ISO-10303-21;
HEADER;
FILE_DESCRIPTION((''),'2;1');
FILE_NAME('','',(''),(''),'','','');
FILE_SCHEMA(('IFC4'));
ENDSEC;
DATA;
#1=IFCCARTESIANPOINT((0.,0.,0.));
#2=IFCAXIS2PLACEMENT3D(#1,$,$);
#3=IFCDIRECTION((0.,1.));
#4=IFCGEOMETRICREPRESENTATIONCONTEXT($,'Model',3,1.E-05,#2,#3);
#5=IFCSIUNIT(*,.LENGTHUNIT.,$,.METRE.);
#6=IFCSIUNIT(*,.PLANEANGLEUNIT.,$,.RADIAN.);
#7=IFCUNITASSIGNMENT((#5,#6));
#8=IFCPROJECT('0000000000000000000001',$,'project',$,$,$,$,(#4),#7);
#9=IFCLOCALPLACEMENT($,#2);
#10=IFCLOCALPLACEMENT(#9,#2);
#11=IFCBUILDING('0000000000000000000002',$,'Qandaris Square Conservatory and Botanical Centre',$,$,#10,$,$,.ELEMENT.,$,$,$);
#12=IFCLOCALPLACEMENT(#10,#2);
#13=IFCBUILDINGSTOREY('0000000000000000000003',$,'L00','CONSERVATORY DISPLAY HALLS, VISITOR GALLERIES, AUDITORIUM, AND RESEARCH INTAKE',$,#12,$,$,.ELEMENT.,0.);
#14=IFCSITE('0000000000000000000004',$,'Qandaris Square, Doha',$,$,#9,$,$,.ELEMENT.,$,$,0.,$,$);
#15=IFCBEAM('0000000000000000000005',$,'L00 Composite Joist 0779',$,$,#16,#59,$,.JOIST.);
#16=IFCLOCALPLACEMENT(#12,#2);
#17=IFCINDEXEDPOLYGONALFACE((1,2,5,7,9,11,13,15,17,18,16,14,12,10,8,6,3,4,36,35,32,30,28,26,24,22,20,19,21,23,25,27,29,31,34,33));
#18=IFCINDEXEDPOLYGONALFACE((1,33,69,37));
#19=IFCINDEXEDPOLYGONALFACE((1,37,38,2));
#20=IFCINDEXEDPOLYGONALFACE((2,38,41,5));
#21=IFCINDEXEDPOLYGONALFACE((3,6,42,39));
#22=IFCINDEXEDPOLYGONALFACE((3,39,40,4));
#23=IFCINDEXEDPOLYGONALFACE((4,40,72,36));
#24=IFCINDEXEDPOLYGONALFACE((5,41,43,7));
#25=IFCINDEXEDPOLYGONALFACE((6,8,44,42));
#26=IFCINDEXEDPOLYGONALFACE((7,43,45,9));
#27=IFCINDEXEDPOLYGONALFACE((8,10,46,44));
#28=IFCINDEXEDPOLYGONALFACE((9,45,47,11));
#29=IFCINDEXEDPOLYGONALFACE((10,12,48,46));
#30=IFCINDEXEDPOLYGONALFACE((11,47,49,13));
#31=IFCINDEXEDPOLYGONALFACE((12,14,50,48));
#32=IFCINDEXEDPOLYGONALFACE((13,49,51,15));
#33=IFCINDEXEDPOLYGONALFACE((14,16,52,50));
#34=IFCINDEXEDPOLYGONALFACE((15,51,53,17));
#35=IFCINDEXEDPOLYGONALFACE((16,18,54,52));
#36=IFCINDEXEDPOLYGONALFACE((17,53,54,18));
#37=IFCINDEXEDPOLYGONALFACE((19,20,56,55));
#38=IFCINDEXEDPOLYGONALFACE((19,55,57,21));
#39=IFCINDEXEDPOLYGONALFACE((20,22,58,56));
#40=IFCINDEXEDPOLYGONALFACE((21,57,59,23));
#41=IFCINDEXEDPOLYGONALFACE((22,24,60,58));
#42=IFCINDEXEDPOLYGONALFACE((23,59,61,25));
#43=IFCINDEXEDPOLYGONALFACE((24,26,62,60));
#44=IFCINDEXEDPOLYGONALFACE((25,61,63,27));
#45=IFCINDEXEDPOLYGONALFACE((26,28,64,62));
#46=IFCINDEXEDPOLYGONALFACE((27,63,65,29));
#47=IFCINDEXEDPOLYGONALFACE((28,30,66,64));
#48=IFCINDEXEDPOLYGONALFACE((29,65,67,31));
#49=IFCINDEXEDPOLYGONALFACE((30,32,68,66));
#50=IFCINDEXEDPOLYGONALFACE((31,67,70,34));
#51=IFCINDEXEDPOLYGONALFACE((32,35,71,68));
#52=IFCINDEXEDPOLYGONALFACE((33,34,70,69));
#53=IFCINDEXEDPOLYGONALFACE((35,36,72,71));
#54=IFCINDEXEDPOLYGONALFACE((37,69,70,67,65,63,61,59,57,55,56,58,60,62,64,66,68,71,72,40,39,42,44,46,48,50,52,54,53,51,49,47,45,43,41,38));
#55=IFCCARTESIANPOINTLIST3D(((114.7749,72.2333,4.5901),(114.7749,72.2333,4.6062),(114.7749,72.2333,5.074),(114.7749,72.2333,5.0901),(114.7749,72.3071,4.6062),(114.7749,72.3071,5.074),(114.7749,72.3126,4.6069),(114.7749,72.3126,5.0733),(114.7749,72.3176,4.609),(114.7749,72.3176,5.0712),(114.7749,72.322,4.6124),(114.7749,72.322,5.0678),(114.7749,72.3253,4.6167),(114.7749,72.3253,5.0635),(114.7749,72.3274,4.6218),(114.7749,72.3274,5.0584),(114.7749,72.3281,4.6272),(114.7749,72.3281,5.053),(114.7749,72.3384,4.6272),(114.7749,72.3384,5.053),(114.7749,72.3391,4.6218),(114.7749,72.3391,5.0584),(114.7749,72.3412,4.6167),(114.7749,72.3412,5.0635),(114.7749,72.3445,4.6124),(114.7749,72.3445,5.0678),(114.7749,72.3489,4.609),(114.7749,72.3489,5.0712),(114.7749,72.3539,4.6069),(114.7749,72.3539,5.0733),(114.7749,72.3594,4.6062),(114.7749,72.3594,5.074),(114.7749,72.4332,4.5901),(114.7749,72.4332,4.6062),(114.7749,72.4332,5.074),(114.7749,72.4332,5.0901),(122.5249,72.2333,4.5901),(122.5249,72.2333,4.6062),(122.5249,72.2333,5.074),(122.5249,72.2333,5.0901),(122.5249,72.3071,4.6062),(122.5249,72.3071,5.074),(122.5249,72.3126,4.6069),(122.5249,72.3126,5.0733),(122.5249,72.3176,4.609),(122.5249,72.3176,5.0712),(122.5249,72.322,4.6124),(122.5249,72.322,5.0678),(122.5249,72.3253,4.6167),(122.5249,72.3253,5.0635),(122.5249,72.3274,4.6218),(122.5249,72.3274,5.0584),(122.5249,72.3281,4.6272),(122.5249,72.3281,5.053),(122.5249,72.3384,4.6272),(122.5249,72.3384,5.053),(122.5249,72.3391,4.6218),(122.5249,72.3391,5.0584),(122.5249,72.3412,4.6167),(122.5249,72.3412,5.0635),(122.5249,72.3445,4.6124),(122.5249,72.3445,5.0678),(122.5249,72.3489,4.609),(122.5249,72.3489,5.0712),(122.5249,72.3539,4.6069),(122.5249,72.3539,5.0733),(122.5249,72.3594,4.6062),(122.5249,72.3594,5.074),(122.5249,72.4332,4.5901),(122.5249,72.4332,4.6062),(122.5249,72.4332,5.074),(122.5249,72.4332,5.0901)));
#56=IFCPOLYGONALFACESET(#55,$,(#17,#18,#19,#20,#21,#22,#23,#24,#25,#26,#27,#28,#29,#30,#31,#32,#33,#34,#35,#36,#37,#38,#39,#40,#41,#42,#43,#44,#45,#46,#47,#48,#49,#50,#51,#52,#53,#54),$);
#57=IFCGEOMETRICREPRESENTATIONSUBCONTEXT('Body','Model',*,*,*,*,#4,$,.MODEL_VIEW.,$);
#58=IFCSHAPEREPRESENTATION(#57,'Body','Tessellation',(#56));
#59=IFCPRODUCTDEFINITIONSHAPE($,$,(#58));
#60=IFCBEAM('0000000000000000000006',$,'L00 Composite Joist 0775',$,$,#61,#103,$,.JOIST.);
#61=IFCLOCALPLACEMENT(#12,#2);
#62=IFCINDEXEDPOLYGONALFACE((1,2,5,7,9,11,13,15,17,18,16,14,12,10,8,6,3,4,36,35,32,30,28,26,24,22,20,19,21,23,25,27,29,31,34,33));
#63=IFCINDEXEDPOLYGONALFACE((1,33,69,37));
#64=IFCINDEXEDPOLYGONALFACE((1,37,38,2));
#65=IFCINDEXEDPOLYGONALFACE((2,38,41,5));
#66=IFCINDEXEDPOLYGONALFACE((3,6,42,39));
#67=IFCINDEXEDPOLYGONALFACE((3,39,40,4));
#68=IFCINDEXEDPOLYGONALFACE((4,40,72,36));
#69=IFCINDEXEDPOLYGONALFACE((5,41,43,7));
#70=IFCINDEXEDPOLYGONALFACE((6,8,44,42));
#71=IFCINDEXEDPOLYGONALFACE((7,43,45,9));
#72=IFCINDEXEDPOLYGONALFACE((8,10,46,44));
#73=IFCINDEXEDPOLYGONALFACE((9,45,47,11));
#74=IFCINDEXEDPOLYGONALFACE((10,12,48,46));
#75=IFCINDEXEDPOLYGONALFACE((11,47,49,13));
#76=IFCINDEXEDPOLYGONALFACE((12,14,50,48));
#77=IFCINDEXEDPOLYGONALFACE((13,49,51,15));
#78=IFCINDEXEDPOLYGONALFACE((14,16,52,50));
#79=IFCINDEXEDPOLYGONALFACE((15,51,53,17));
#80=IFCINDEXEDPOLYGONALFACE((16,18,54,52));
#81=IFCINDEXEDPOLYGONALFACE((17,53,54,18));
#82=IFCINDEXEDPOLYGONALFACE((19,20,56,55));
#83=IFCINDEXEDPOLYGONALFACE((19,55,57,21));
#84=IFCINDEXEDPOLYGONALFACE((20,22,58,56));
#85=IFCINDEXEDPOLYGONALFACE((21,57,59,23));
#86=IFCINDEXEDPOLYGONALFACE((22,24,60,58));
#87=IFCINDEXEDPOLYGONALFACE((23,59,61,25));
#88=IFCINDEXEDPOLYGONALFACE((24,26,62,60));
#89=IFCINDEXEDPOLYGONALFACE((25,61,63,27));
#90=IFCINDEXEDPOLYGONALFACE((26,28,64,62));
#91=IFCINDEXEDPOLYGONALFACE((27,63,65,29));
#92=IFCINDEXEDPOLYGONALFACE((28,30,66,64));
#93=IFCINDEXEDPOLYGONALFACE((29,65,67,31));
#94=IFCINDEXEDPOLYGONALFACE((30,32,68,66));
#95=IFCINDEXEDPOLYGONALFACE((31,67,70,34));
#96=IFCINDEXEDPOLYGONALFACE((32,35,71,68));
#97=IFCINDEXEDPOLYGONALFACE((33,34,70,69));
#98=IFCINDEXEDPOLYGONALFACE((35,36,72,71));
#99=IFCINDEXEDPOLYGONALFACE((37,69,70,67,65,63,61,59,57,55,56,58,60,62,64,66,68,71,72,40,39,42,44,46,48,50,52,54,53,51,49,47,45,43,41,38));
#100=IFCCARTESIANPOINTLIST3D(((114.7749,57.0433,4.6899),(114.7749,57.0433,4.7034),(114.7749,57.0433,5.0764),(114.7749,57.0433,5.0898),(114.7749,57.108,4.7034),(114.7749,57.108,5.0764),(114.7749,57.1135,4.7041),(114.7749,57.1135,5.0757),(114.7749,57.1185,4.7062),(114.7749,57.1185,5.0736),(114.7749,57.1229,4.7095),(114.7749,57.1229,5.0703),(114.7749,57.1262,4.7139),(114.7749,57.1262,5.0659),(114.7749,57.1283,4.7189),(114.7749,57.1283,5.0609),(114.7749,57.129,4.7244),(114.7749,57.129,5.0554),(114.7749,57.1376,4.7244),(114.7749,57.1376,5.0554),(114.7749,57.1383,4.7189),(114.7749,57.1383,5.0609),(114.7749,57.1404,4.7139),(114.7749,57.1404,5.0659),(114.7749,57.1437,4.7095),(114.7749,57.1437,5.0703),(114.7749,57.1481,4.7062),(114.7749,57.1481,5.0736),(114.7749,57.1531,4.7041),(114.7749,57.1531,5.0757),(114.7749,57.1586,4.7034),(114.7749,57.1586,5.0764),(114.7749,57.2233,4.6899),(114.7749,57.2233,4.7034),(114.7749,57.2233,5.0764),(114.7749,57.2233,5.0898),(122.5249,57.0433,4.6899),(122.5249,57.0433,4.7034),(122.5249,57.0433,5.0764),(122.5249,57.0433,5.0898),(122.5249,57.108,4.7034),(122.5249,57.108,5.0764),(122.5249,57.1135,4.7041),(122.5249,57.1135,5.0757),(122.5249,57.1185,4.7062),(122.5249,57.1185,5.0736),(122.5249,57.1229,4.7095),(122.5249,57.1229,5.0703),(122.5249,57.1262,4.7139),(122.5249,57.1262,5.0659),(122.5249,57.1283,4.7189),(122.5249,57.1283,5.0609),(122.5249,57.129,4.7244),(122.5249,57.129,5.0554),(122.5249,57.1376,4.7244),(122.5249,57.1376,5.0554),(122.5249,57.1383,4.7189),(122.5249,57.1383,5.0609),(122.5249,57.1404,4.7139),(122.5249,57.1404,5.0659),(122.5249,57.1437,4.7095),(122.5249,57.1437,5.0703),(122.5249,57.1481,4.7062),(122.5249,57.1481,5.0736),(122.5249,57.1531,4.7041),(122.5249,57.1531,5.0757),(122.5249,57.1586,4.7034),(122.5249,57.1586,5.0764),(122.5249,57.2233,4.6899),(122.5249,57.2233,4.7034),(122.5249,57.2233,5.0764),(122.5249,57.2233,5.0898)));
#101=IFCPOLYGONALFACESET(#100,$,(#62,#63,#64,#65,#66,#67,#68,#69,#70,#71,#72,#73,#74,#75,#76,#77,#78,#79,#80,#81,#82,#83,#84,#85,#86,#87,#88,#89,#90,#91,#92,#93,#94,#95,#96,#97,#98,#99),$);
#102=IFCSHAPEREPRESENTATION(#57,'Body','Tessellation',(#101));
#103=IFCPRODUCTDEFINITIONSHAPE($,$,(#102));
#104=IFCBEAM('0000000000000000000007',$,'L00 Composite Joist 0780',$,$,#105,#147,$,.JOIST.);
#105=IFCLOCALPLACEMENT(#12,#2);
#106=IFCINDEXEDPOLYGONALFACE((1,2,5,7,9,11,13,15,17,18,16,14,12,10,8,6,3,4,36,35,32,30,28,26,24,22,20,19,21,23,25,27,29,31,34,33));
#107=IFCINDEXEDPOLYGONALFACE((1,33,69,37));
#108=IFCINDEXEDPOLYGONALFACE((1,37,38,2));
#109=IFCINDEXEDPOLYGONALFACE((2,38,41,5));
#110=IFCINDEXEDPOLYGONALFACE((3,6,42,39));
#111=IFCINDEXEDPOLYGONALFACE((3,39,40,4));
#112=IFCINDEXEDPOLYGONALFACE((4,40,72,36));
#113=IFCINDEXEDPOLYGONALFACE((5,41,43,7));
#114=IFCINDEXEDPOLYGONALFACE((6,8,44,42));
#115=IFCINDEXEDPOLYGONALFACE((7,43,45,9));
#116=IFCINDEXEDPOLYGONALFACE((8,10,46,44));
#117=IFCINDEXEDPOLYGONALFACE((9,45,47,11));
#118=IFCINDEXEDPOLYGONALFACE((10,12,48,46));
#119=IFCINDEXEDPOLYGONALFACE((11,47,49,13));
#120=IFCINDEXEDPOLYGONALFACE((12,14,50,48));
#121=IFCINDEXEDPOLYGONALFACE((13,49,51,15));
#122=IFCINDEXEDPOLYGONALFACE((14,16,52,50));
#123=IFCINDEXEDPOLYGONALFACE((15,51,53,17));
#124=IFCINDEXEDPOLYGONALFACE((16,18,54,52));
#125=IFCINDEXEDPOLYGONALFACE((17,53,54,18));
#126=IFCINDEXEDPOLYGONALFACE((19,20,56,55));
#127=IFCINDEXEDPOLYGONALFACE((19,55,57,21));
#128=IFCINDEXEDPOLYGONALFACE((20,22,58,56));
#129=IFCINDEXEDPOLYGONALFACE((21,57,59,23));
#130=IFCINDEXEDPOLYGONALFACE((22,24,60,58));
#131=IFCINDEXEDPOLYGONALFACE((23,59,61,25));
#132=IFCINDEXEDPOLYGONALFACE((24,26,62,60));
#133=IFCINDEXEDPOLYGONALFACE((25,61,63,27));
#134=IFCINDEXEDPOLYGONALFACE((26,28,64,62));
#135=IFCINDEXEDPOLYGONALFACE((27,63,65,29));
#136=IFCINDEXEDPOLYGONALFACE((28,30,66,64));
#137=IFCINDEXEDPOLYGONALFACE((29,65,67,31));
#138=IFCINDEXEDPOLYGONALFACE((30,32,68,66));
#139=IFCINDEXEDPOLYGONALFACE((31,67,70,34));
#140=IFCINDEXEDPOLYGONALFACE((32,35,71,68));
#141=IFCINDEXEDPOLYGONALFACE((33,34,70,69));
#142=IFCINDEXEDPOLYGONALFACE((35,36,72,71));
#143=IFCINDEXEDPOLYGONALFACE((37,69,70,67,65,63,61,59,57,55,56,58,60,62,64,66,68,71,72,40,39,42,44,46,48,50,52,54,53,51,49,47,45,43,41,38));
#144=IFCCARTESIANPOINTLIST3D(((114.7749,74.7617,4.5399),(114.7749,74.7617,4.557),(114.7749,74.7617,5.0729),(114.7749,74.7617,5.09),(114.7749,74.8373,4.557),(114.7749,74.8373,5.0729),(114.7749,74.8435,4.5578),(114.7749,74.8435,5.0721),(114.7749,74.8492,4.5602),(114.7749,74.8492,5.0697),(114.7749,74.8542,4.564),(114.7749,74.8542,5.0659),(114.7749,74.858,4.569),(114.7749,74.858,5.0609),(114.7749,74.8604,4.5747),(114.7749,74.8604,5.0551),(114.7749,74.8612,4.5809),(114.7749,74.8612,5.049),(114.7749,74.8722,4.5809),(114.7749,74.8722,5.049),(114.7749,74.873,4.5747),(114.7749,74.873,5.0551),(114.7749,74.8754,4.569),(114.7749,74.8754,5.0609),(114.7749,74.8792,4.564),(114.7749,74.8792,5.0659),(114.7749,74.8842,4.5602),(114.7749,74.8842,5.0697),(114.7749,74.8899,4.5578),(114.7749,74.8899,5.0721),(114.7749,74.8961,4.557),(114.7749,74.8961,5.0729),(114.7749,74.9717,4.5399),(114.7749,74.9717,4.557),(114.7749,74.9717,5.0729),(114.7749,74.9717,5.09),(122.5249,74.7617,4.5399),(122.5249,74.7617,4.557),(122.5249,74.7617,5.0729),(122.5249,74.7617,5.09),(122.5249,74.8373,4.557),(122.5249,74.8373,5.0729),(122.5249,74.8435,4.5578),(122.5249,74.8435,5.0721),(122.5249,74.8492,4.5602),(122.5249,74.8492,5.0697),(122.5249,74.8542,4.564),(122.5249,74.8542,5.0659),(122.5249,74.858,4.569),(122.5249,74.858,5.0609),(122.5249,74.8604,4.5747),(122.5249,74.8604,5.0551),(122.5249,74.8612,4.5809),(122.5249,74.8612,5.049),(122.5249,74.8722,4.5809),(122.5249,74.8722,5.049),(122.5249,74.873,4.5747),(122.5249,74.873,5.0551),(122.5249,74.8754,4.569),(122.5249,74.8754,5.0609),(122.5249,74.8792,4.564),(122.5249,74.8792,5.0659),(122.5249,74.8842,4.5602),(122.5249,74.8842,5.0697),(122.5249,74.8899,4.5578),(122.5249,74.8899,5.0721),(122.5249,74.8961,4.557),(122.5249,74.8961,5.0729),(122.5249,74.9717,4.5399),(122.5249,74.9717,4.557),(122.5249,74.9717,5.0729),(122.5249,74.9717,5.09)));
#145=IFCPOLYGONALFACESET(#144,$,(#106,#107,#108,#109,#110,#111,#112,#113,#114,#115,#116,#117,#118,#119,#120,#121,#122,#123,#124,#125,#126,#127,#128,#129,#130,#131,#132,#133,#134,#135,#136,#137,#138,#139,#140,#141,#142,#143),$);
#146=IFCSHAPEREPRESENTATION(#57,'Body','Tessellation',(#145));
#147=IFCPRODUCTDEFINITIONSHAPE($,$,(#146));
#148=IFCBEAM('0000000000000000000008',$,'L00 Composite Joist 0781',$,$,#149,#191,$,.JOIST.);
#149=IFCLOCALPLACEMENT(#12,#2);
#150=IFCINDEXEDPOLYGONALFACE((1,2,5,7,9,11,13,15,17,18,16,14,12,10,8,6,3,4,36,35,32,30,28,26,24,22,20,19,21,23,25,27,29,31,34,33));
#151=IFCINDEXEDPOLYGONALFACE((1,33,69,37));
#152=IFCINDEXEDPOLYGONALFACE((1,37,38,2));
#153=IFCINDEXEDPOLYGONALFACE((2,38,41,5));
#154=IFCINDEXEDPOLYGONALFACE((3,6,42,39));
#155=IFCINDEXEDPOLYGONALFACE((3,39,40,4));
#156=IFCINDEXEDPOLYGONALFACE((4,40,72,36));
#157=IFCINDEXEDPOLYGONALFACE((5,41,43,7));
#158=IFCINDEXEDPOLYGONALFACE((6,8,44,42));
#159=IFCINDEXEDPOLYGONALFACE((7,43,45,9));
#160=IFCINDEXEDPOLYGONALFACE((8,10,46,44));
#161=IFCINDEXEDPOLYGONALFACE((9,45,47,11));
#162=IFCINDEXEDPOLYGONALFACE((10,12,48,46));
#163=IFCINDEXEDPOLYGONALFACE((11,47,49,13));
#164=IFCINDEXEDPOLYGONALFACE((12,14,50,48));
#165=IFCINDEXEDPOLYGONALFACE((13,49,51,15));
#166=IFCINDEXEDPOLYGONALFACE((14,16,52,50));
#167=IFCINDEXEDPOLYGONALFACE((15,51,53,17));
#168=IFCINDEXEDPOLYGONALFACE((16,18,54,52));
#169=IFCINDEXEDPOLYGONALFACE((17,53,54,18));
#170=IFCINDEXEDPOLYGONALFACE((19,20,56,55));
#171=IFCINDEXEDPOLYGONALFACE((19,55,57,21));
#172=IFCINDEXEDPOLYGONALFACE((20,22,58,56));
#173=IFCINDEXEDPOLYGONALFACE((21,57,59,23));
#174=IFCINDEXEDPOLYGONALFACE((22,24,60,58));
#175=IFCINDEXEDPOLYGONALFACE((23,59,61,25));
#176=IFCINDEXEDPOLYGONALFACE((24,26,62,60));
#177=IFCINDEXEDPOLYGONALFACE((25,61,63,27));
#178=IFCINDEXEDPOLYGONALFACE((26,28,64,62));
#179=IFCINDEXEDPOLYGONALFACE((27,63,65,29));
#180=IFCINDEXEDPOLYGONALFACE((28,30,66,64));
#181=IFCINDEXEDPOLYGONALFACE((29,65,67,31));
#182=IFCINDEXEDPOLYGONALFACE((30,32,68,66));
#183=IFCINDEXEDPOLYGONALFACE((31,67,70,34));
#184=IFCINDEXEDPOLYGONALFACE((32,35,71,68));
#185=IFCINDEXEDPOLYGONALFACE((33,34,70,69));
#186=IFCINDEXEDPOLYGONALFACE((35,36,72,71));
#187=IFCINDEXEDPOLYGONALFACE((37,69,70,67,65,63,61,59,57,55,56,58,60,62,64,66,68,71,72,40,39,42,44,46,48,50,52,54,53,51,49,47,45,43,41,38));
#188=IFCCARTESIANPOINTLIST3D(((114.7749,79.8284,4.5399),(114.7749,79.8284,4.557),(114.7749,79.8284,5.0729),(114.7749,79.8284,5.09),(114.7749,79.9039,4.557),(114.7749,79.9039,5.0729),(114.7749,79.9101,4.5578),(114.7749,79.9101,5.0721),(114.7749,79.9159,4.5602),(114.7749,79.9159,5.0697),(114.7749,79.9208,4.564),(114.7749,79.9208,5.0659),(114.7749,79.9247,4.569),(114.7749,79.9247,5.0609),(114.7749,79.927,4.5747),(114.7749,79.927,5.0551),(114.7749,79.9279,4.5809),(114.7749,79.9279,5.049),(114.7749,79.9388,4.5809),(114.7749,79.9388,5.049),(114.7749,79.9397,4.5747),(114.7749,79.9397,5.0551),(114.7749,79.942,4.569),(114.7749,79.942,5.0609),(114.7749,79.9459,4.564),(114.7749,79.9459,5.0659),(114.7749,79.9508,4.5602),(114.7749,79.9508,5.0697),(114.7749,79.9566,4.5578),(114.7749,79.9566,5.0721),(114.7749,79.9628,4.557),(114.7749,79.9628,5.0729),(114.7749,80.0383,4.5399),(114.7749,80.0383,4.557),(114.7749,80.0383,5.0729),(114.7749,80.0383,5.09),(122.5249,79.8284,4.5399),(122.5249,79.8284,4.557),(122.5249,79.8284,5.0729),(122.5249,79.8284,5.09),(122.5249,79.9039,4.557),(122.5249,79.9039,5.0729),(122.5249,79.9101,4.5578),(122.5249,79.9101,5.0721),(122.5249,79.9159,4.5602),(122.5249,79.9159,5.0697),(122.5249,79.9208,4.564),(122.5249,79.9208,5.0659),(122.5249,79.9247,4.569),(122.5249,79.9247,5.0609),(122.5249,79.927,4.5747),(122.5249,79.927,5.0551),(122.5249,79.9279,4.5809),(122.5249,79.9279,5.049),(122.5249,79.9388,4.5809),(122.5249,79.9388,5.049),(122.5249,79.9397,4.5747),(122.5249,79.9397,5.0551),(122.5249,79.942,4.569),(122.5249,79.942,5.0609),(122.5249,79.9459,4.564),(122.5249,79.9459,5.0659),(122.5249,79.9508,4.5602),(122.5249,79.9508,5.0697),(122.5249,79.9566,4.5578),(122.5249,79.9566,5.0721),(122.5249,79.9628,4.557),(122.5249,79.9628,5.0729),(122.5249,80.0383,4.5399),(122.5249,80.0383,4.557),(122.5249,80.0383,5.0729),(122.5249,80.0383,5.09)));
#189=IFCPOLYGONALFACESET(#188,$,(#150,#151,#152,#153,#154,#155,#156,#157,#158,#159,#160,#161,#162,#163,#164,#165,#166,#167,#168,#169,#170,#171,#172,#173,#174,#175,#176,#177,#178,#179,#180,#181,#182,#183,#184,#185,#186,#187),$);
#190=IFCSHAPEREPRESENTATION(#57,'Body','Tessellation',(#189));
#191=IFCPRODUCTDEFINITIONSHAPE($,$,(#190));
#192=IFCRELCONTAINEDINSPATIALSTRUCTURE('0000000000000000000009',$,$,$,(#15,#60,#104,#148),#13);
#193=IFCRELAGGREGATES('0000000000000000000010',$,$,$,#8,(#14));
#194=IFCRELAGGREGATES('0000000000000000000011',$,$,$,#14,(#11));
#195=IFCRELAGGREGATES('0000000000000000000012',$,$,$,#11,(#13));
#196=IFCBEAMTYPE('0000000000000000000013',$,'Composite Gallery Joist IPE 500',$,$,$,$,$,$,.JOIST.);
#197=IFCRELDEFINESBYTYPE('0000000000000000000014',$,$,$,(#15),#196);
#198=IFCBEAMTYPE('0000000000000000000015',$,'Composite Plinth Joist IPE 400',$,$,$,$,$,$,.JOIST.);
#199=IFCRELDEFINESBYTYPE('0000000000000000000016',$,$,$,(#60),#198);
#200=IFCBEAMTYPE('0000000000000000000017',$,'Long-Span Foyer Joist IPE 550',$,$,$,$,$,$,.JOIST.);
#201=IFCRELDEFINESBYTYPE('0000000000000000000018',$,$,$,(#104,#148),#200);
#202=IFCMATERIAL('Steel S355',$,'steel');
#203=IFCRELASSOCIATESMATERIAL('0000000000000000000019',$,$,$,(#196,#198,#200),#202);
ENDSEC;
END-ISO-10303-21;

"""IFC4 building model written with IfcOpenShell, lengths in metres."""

from ifc_helpers import new_model, si_unit, direction, frame, origin, origin_2d, place, context, subcontext, project, spatial, i_section, extrude, material, material_profile, profile_set, type_object, element, save


model = new_model("IFC4")

# Units and contexts
model_context = context("Model", 3, precision=1e-05, world=origin(), true_north=direction((0.0, 1.0)))
body_context = subcontext(model_context, "Body", "Model", "MODEL_VIEW")
ifc_project = project(units=[si_unit("LENGTHUNIT", "METRE"), si_unit("PLANEANGLEUNIT", "RADIAN")], contexts=[model_context])

# Site, building, storey
site_placement = place(None, origin())
site = spatial("IfcSite", under=ifc_project, at=site_placement, Name="Qandaris Square, Doha", CompositionType="ELEMENT", RefElevation=0.0)
building_placement = place(site_placement, origin())
building = spatial("IfcBuilding", under=site, at=building_placement, Name="Qandaris Square Conservatory and Botanical Centre", CompositionType="ELEMENT")
storey_placement = place(building_placement, origin())
storey = spatial("IfcBuildingStorey", under=building, at=storey_placement, Name="L00", Description="CONSERVATORY DISPLAY HALLS, VISITOR GALLERIES, AUDITORIUM, AND RESEARCH INTAKE", CompositionType="ELEMENT", Elevation=0.0)

# Beams
ifc_material_1 = material(Name="Steel S355", Category="steel")
ifc_material_profile_1 = material_profile(ifc_material_1, i_section(OverallWidth=0.2, OverallDepth=0.5, WebThickness=0.0103, FlangeThickness=0.0161, FilletRadius=0.021, at=origin_2d()), Name="IPE 500")
ifc_profile_set_1 = profile_set([ifc_material_profile_1], Name="Steel S355")
beam_type_1 = type_object("IfcBeamType", Name="Composite Gallery Joist IPE 500", PredefinedType="JOIST", material=ifc_profile_set_1)
for number, where, z_axis, x_axis, name in (
    (1, (114.7749, 72.3333, 4.8401), (1.0, 0.0, 0.0), (0.0, 1.0, 0.0), "L00 Composite Joist 0779"),
):
    element("IfcBeam", number, at=place(storey_placement, frame(where, z_axis=z_axis, x_axis=x_axis)), inside=storey, type_object=beam_type_1, Name=name, PredefinedType="JOIST", context=body_context, shape_type="SweptSolid", body=[
        extrude(i_section(OverallWidth=0.2, OverallDepth=0.5, WebThickness=0.0103, FlangeThickness=0.0161, FilletRadius=0.021, at=origin_2d()), origin(), (0.0, 0.0, 1.0), 7.75),
    ])
ifc_material_profile_2 = material_profile(ifc_material_1, i_section(OverallWidth=0.1799, OverallDepth=0.3999, WebThickness=0.0085, FlangeThickness=0.0134, FilletRadius=0.021, at=origin_2d()), Name="IPE 400")
ifc_profile_set_2 = profile_set([ifc_material_profile_2], Name="Steel S355")
beam_type_2 = type_object("IfcBeamType", Name="Composite Plinth Joist IPE 400", PredefinedType="JOIST", material=ifc_profile_set_2)
beam_1_placement = place(storey_placement, frame((114.7749, 57.1333, 4.8899), z_axis=(1.0, 0.0, 0.0), x_axis=(0.0, 1.0, 0.0)))
element("IfcBeam", 2, at=beam_1_placement, inside=storey, type_object=beam_type_2, Name="L00 Composite Joist 0775", PredefinedType="JOIST", context=body_context, shape_type="SweptSolid", body=[
    extrude(i_section(OverallWidth=0.1799, OverallDepth=0.3999, WebThickness=0.0085, FlangeThickness=0.0134, FilletRadius=0.021, at=origin_2d()), origin(), (0.0, 0.0, 1.0), 7.75),
])
ifc_material_profile_3 = material_profile(ifc_material_1, i_section(OverallWidth=0.21, OverallDepth=0.55, WebThickness=0.011, FlangeThickness=0.0171, FilletRadius=0.0239, at=origin_2d()), Name="IPE 550")
ifc_profile_set_3 = profile_set([ifc_material_profile_3], Name="Steel S355")
beam_type_3 = type_object("IfcBeamType", Name="Long-Span Foyer Joist IPE 550", PredefinedType="JOIST", material=ifc_profile_set_3)
for number, where, z_axis, x_axis, name in (
    (3, (114.7749, 74.8667, 4.8149), (1.0, 0.0, 0.0), (0.0, 1.0, 0.0), "L00 Composite Joist 0780"),
    (4, (114.7749, 79.9333, 4.8149), (1.0, 0.0, 0.0), (0.0, 1.0, 0.0), "L00 Composite Joist 0781"),
):
    element("IfcBeam", number, at=place(storey_placement, frame(where, z_axis=z_axis, x_axis=x_axis)), inside=storey, type_object=beam_type_3, Name=name, PredefinedType="JOIST", context=body_context, shape_type="SweptSolid", body=[
        extrude(i_section(OverallWidth=0.21, OverallDepth=0.55, WebThickness=0.011, FlangeThickness=0.0171, FilletRadius=0.0239, at=origin_2d()), origin(), (0.0, 0.0, 1.0), 7.75),
    ])

save(model, "model.ifc")
